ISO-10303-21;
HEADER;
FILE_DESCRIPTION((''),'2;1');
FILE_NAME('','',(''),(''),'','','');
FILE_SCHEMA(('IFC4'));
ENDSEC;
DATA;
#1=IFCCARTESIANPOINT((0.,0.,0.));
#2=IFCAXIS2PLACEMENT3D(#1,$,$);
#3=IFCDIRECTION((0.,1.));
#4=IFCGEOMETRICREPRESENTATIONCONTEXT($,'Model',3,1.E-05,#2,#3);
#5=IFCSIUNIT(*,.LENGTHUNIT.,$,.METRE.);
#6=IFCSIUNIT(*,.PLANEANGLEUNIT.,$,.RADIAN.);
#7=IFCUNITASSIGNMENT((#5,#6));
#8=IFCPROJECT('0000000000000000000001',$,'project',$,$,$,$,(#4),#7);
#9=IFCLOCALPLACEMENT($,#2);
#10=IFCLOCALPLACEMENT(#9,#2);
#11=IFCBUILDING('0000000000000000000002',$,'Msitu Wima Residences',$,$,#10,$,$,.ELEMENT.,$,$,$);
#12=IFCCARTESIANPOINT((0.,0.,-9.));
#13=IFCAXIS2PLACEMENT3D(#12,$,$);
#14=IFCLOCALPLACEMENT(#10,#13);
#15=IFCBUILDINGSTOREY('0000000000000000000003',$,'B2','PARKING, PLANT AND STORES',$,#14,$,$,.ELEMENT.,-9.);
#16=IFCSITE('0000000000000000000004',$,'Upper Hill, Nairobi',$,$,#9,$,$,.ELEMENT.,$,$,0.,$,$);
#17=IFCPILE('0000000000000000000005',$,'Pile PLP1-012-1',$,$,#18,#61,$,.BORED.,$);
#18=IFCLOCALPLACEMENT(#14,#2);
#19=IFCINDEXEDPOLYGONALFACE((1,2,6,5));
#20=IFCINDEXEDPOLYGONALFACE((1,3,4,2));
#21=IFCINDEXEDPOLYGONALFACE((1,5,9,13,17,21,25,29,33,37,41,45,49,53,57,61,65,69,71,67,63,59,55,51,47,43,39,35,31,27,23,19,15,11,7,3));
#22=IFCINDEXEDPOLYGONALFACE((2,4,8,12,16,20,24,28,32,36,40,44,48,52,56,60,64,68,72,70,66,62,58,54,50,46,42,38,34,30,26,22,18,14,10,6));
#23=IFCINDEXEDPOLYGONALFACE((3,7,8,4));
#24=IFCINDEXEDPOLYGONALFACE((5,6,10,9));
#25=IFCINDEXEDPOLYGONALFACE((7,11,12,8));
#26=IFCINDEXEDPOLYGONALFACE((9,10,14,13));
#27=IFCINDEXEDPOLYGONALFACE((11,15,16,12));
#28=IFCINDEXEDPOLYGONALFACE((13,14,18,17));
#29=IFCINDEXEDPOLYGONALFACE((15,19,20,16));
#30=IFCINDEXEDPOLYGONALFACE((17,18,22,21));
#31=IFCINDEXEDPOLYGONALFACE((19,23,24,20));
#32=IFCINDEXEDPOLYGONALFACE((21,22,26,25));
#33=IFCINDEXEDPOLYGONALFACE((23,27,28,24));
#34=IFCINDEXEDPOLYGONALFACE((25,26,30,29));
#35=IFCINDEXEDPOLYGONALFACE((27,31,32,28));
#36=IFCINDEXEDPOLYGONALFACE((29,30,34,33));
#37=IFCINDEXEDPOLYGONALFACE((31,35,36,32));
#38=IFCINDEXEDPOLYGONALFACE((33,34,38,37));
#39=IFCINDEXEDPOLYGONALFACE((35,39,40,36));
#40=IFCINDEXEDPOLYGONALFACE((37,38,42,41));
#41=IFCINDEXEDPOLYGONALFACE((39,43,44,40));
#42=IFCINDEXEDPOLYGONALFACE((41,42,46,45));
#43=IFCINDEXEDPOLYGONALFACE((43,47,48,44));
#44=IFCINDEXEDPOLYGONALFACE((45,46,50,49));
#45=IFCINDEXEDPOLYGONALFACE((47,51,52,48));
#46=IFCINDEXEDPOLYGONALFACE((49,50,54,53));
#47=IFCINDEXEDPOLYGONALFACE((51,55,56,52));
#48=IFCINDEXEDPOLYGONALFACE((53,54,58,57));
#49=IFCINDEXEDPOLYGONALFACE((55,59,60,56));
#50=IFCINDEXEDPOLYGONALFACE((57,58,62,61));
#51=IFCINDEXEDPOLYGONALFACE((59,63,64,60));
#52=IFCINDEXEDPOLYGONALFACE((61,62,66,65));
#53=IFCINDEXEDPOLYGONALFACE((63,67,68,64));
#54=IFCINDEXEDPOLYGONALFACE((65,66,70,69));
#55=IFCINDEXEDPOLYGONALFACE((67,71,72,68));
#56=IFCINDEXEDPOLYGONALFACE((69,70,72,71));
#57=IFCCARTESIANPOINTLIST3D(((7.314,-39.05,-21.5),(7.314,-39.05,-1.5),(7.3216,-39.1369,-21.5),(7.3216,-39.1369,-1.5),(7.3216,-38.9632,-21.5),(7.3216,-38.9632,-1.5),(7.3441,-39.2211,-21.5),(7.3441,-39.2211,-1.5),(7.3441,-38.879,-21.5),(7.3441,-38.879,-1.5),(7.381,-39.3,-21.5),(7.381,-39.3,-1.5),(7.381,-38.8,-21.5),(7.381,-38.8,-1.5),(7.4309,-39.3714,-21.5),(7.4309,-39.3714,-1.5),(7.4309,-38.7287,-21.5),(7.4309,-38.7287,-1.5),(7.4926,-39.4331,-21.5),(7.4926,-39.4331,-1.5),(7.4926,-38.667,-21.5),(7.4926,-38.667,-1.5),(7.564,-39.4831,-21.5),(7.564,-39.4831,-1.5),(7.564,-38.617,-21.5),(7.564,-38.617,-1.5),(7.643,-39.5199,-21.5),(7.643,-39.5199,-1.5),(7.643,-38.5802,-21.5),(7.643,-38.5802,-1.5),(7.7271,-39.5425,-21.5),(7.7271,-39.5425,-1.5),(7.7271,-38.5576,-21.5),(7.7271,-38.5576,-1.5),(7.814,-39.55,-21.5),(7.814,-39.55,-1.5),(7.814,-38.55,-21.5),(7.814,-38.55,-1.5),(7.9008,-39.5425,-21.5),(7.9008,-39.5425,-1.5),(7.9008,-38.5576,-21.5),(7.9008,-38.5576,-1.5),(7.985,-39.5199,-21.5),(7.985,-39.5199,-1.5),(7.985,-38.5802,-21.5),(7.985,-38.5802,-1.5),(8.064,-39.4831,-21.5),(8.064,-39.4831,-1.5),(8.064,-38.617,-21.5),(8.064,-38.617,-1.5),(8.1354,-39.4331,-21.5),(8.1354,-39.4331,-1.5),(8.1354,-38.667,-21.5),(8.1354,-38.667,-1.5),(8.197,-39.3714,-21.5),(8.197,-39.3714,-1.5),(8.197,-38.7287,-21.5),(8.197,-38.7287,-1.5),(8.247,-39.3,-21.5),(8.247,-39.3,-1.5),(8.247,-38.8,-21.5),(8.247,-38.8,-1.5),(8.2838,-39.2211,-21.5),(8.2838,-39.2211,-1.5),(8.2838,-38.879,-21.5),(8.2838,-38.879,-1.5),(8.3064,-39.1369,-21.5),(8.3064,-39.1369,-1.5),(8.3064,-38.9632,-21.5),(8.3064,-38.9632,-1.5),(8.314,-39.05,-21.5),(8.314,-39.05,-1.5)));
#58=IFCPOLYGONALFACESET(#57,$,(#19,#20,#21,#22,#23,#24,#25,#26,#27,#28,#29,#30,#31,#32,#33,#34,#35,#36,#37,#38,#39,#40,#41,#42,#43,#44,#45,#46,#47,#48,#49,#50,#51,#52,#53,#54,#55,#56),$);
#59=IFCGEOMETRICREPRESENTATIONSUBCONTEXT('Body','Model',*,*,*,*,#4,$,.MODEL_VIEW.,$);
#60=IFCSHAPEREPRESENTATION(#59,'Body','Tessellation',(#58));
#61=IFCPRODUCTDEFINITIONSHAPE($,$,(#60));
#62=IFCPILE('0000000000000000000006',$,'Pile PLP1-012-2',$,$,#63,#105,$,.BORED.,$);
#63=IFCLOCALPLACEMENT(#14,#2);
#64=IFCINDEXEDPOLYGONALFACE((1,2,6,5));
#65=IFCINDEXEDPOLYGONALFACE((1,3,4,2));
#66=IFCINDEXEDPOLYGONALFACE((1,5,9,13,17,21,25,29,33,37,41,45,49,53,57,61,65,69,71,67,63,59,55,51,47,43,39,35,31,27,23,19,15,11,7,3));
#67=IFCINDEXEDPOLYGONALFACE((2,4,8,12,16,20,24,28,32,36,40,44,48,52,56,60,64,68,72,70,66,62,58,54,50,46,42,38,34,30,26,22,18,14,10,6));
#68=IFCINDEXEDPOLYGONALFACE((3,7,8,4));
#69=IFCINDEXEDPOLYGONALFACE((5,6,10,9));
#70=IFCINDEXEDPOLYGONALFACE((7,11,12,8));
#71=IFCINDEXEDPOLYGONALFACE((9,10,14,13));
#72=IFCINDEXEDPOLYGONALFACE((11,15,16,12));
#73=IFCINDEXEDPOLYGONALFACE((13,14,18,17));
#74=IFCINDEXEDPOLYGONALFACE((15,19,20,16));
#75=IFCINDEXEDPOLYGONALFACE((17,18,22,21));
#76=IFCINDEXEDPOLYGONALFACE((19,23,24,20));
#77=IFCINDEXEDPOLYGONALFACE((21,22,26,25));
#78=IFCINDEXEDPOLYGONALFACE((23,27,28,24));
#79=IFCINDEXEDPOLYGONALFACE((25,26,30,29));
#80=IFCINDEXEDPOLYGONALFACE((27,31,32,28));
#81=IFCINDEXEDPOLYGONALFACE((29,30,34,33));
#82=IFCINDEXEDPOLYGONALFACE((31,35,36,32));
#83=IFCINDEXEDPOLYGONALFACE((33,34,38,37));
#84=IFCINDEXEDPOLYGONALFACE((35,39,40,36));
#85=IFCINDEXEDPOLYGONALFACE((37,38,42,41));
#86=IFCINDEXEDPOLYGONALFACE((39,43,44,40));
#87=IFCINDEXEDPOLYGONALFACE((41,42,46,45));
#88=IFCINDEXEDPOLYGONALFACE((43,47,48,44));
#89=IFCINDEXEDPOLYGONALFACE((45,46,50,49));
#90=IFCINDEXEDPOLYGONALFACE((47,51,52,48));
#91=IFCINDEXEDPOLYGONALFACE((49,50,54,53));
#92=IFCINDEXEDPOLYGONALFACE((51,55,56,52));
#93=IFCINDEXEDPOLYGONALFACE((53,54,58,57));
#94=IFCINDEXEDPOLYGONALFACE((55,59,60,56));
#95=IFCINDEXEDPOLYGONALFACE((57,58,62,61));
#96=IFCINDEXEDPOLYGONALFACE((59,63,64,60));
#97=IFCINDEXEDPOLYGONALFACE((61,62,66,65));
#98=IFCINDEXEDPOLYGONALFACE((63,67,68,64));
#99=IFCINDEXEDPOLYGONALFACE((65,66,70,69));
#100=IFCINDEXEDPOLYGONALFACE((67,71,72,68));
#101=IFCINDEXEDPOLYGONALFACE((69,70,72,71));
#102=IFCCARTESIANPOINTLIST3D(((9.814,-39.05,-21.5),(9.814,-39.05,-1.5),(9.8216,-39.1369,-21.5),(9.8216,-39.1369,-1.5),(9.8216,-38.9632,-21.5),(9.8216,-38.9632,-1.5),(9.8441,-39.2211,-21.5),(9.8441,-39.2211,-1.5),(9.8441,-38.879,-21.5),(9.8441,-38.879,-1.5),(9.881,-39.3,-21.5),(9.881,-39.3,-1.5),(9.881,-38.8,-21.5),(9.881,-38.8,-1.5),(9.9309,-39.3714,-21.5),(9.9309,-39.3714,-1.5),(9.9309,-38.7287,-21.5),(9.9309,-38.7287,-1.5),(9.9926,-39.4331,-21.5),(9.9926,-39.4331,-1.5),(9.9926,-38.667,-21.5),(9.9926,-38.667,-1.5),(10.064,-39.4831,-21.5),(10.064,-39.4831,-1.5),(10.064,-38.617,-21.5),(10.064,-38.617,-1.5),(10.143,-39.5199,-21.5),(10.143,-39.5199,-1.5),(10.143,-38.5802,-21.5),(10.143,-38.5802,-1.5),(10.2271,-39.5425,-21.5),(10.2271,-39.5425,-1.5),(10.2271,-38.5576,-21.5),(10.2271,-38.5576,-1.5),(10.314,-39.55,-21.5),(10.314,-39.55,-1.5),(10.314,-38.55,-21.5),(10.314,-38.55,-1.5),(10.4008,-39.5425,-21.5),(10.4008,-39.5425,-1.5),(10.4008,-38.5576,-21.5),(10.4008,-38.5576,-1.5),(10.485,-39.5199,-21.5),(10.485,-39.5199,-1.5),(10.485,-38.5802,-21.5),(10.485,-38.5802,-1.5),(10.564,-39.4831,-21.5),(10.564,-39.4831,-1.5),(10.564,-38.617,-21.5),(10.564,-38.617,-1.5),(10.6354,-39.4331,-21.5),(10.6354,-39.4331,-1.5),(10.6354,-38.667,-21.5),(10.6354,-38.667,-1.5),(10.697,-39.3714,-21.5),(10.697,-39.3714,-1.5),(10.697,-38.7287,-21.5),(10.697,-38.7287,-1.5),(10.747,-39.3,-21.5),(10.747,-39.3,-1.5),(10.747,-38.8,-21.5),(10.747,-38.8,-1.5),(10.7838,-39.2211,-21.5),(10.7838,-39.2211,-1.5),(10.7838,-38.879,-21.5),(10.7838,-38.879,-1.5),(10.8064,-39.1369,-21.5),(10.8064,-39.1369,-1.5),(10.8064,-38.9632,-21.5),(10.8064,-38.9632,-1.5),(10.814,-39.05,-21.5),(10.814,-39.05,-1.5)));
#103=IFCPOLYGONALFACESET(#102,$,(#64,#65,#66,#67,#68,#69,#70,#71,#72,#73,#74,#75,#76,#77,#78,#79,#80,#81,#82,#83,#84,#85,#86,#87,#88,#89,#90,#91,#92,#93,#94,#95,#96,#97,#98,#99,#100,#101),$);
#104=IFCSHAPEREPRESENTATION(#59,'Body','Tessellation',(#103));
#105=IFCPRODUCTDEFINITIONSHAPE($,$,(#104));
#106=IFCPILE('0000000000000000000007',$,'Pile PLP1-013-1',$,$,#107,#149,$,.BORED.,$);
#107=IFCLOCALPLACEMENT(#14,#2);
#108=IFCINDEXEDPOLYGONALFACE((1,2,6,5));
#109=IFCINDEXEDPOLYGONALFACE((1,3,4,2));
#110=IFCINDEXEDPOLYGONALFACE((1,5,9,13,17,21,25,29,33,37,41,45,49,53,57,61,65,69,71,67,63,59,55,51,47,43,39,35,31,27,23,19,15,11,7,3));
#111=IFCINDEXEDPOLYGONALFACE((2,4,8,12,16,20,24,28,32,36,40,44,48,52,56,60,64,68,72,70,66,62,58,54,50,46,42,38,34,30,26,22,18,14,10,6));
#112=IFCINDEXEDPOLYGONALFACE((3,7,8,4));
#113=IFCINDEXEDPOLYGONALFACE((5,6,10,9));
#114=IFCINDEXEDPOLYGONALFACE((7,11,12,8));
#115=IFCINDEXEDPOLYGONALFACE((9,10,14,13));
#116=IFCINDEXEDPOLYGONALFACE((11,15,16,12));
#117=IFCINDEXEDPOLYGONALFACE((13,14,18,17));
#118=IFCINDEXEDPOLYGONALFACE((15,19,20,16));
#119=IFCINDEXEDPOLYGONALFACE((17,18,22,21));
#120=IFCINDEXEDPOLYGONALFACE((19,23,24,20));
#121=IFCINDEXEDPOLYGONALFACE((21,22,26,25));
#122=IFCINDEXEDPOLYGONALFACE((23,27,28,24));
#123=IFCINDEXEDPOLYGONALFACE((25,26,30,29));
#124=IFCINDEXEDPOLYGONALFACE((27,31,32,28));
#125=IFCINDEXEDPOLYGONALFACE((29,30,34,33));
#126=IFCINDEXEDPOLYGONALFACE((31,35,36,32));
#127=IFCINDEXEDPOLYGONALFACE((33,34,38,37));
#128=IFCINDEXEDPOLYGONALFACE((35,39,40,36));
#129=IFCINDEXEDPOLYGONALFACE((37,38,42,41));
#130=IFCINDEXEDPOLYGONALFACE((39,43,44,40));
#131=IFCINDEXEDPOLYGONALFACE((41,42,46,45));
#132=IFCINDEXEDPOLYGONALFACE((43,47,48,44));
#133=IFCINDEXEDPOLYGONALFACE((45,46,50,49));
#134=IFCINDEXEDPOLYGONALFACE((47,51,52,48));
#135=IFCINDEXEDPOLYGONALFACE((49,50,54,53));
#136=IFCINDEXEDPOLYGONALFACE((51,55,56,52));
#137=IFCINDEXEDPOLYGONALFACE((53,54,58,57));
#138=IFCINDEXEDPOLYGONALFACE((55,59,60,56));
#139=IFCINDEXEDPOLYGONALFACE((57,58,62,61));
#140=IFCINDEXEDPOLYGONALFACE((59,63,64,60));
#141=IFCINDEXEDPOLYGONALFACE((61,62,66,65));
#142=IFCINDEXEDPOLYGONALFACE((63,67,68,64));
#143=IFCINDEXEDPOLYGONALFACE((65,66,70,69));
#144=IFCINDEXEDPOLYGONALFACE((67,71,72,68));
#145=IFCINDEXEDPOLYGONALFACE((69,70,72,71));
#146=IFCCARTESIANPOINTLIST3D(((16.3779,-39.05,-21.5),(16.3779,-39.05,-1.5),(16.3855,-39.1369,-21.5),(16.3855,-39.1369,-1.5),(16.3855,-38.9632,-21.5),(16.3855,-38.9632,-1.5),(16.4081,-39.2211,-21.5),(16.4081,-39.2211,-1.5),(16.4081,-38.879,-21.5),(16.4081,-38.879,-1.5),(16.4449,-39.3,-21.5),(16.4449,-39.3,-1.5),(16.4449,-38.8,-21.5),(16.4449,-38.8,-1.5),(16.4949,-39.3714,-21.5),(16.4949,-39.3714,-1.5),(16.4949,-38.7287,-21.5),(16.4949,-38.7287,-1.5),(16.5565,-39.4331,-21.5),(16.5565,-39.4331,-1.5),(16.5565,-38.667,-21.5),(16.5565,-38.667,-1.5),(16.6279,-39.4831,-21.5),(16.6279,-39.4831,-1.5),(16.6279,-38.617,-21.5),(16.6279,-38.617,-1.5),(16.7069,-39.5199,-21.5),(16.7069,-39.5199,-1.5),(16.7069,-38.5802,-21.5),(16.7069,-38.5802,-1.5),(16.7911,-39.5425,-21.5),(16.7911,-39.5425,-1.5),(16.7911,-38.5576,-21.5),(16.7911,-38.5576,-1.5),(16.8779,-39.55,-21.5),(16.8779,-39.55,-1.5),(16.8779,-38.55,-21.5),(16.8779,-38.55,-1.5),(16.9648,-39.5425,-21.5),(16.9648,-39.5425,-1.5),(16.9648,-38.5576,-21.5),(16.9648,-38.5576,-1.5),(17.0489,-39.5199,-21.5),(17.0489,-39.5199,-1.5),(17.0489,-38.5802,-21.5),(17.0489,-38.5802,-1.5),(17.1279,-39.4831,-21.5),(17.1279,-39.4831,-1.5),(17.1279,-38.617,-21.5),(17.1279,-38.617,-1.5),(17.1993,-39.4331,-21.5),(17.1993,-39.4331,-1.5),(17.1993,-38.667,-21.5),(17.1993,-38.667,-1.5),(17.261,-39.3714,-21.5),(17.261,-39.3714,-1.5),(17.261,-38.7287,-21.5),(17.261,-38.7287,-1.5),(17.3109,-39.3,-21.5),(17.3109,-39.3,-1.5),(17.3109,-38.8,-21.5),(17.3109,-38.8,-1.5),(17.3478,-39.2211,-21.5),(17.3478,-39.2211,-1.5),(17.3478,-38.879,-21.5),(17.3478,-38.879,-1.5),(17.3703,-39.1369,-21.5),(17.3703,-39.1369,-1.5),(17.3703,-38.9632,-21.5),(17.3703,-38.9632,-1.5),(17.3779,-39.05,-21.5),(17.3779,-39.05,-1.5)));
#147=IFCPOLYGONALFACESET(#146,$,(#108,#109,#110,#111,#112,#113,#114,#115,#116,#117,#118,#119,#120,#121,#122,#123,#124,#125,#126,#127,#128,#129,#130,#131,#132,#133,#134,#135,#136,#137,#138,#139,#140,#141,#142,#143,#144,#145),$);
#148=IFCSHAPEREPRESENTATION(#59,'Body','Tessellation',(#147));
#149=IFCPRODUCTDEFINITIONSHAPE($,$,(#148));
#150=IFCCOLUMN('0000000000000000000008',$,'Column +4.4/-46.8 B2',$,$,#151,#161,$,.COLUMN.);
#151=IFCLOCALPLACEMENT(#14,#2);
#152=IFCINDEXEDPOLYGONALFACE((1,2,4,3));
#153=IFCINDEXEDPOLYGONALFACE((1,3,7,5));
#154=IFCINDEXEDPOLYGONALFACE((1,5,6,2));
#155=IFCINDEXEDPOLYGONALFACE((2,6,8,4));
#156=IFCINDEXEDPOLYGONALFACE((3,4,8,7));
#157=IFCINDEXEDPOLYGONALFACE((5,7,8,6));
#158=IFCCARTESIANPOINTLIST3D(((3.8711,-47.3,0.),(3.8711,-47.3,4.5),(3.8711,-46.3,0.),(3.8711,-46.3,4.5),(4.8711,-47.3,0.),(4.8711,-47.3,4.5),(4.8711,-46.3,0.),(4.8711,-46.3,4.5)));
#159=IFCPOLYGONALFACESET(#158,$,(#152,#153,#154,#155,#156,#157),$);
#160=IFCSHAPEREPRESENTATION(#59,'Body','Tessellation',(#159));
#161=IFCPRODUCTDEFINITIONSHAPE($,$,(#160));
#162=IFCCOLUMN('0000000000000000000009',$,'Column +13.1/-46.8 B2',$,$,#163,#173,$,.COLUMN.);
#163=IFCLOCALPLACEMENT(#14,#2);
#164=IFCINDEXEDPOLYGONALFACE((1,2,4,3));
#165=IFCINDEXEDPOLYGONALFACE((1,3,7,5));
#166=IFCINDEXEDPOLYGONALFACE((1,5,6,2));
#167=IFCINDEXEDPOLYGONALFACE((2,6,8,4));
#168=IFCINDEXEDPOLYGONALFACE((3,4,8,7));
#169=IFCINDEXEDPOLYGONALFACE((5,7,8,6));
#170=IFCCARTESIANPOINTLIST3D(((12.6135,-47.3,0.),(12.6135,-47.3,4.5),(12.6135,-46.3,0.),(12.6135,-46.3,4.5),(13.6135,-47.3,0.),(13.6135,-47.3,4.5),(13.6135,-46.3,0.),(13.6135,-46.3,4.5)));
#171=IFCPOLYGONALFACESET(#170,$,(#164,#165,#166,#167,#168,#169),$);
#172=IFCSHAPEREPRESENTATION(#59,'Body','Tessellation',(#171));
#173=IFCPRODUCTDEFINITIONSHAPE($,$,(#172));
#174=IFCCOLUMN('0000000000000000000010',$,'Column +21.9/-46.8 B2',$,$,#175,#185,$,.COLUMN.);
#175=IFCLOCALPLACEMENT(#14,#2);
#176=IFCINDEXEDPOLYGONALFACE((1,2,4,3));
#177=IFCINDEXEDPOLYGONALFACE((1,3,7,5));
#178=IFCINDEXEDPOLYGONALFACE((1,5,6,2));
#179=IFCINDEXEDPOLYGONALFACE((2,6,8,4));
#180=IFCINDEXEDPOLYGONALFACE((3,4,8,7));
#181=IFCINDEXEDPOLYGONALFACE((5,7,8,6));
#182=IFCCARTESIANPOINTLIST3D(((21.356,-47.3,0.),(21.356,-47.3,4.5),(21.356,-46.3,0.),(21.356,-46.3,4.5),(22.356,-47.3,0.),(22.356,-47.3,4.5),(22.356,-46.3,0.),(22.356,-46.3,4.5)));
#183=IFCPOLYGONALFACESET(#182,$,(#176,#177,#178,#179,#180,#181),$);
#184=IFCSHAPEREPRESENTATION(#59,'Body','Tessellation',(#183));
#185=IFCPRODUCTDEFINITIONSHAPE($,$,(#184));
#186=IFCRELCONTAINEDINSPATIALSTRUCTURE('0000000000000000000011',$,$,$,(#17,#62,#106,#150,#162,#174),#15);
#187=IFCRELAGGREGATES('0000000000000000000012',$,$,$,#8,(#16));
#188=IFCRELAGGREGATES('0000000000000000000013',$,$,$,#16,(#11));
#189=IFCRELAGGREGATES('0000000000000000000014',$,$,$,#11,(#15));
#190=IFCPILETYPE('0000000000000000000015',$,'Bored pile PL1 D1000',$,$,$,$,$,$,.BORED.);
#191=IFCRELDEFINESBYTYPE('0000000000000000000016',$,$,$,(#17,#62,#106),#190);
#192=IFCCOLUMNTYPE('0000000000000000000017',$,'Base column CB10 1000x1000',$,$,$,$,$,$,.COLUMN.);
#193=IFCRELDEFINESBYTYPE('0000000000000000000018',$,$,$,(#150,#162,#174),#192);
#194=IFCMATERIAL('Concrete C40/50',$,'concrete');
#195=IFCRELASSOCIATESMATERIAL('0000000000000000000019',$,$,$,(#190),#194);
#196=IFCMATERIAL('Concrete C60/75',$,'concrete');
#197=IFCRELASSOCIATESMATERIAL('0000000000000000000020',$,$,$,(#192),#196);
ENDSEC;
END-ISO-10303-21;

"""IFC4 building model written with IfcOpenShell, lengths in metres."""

from ifc_helpers import new_model, si_unit, direction, frame, origin, origin_2d, place, context, subcontext, project, spatial, rectangle, circle, extrude, material, material_profile, profile_set, type_object, element, save


model = new_model("IFC4")

# Units and contexts
model_context = context("Model", 3, precision=1e-05, world=origin(), true_north=direction((0.0, 1.0)))
body_context = subcontext(model_context, "Body", "Model", "MODEL_VIEW")
ifc_project = project(units=[si_unit("LENGTHUNIT", "METRE"), si_unit("PLANEANGLEUNIT", "RADIAN")], contexts=[model_context])

# Site, building, storey
site_placement = place(None, origin())
site = spatial("IfcSite", under=ifc_project, at=site_placement, Name="Upper Hill, Nairobi", CompositionType="ELEMENT", RefElevation=0.0)
building_placement = place(site_placement, origin())
building = spatial("IfcBuilding", under=site, at=building_placement, Name="Msitu Wima Residences", CompositionType="ELEMENT")
storey_placement = place(building_placement, frame((0.0, 0.0, -9.0)))
storey = spatial("IfcBuildingStorey", under=building, at=storey_placement, Name="B2", Description="PARKING, PLANT AND STORES", CompositionType="ELEMENT", Elevation=-9.0)

# Piles
ifc_material_1 = material(Name="Concrete C40/50", Category="concrete")
pile_type = type_object("IfcPileType", Name="Bored pile PL1 D1000", PredefinedType="BORED", material=ifc_material_1)
for number, where, z_axis, x_axis, name in (
    (1, (7.814, -39.05, -1.5), (0.0, 0.0, -1.0), (1.0, 0.0, 0.0), "Pile PLP1-012-1"),
    (2, (10.314, -39.05, -1.5), (0.0, 0.0, -1.0), (1.0, 0.0, 0.0), "Pile PLP1-012-2"),
    (3, (16.8779, -39.05, -1.5), (0.0, 0.0, -1.0), (1.0, 0.0, 0.0), "Pile PLP1-013-1"),
):
    element("IfcPile", number, at=place(storey_placement, frame(where, z_axis=z_axis, x_axis=x_axis)), inside=storey, type_object=pile_type, Name=name, PredefinedType="BORED", context=body_context, shape_type="SweptSolid", body=[
        extrude(circle(Radius=0.5, at=origin_2d()), origin(), (0.0, 0.0, 1.0), 20.0),
    ])

# Columns
ifc_material_2 = material(Name="Concrete C60/75", Category="concrete")
ifc_material_profile = material_profile(ifc_material_2, rectangle(XDim=1.0, YDim=1.0, at=origin_2d()), Name="RC 1000x1000")
ifc_profile_set = profile_set([ifc_material_profile], Name="Concrete C60/75")
column_type = type_object("IfcColumnType", Name="Base column CB10 1000x1000", PredefinedType="COLUMN", material=ifc_profile_set)
for number, where, z_axis, x_axis, name in (
    (4, (4.3711, -46.8, 0.0), (0.0, 0.0, 1.0), (1.0, 0.0, 0.0), "Column +4.4/-46.8 B2"),
    (5, (13.1135, -46.8, 0.0), (0.0, 0.0, 1.0), (1.0, 0.0, 0.0), "Column +13.1/-46.8 B2"),
    (6, (21.856, -46.8, 0.0), (0.0, 0.0, 1.0), (1.0, 0.0, 0.0), "Column +21.9/-46.8 B2"),
):
    element("IfcColumn", number, at=place(storey_placement, frame(where, z_axis=z_axis, x_axis=x_axis)), inside=storey, type_object=column_type, Name=name, PredefinedType="COLUMN", context=body_context, shape_type="SweptSolid", body=[
        extrude(rectangle(XDim=1.0, YDim=1.0, at=origin_2d()), origin(), (0.0, 0.0, 1.0), 4.5),
    ])

save(model, "model.ifc")
